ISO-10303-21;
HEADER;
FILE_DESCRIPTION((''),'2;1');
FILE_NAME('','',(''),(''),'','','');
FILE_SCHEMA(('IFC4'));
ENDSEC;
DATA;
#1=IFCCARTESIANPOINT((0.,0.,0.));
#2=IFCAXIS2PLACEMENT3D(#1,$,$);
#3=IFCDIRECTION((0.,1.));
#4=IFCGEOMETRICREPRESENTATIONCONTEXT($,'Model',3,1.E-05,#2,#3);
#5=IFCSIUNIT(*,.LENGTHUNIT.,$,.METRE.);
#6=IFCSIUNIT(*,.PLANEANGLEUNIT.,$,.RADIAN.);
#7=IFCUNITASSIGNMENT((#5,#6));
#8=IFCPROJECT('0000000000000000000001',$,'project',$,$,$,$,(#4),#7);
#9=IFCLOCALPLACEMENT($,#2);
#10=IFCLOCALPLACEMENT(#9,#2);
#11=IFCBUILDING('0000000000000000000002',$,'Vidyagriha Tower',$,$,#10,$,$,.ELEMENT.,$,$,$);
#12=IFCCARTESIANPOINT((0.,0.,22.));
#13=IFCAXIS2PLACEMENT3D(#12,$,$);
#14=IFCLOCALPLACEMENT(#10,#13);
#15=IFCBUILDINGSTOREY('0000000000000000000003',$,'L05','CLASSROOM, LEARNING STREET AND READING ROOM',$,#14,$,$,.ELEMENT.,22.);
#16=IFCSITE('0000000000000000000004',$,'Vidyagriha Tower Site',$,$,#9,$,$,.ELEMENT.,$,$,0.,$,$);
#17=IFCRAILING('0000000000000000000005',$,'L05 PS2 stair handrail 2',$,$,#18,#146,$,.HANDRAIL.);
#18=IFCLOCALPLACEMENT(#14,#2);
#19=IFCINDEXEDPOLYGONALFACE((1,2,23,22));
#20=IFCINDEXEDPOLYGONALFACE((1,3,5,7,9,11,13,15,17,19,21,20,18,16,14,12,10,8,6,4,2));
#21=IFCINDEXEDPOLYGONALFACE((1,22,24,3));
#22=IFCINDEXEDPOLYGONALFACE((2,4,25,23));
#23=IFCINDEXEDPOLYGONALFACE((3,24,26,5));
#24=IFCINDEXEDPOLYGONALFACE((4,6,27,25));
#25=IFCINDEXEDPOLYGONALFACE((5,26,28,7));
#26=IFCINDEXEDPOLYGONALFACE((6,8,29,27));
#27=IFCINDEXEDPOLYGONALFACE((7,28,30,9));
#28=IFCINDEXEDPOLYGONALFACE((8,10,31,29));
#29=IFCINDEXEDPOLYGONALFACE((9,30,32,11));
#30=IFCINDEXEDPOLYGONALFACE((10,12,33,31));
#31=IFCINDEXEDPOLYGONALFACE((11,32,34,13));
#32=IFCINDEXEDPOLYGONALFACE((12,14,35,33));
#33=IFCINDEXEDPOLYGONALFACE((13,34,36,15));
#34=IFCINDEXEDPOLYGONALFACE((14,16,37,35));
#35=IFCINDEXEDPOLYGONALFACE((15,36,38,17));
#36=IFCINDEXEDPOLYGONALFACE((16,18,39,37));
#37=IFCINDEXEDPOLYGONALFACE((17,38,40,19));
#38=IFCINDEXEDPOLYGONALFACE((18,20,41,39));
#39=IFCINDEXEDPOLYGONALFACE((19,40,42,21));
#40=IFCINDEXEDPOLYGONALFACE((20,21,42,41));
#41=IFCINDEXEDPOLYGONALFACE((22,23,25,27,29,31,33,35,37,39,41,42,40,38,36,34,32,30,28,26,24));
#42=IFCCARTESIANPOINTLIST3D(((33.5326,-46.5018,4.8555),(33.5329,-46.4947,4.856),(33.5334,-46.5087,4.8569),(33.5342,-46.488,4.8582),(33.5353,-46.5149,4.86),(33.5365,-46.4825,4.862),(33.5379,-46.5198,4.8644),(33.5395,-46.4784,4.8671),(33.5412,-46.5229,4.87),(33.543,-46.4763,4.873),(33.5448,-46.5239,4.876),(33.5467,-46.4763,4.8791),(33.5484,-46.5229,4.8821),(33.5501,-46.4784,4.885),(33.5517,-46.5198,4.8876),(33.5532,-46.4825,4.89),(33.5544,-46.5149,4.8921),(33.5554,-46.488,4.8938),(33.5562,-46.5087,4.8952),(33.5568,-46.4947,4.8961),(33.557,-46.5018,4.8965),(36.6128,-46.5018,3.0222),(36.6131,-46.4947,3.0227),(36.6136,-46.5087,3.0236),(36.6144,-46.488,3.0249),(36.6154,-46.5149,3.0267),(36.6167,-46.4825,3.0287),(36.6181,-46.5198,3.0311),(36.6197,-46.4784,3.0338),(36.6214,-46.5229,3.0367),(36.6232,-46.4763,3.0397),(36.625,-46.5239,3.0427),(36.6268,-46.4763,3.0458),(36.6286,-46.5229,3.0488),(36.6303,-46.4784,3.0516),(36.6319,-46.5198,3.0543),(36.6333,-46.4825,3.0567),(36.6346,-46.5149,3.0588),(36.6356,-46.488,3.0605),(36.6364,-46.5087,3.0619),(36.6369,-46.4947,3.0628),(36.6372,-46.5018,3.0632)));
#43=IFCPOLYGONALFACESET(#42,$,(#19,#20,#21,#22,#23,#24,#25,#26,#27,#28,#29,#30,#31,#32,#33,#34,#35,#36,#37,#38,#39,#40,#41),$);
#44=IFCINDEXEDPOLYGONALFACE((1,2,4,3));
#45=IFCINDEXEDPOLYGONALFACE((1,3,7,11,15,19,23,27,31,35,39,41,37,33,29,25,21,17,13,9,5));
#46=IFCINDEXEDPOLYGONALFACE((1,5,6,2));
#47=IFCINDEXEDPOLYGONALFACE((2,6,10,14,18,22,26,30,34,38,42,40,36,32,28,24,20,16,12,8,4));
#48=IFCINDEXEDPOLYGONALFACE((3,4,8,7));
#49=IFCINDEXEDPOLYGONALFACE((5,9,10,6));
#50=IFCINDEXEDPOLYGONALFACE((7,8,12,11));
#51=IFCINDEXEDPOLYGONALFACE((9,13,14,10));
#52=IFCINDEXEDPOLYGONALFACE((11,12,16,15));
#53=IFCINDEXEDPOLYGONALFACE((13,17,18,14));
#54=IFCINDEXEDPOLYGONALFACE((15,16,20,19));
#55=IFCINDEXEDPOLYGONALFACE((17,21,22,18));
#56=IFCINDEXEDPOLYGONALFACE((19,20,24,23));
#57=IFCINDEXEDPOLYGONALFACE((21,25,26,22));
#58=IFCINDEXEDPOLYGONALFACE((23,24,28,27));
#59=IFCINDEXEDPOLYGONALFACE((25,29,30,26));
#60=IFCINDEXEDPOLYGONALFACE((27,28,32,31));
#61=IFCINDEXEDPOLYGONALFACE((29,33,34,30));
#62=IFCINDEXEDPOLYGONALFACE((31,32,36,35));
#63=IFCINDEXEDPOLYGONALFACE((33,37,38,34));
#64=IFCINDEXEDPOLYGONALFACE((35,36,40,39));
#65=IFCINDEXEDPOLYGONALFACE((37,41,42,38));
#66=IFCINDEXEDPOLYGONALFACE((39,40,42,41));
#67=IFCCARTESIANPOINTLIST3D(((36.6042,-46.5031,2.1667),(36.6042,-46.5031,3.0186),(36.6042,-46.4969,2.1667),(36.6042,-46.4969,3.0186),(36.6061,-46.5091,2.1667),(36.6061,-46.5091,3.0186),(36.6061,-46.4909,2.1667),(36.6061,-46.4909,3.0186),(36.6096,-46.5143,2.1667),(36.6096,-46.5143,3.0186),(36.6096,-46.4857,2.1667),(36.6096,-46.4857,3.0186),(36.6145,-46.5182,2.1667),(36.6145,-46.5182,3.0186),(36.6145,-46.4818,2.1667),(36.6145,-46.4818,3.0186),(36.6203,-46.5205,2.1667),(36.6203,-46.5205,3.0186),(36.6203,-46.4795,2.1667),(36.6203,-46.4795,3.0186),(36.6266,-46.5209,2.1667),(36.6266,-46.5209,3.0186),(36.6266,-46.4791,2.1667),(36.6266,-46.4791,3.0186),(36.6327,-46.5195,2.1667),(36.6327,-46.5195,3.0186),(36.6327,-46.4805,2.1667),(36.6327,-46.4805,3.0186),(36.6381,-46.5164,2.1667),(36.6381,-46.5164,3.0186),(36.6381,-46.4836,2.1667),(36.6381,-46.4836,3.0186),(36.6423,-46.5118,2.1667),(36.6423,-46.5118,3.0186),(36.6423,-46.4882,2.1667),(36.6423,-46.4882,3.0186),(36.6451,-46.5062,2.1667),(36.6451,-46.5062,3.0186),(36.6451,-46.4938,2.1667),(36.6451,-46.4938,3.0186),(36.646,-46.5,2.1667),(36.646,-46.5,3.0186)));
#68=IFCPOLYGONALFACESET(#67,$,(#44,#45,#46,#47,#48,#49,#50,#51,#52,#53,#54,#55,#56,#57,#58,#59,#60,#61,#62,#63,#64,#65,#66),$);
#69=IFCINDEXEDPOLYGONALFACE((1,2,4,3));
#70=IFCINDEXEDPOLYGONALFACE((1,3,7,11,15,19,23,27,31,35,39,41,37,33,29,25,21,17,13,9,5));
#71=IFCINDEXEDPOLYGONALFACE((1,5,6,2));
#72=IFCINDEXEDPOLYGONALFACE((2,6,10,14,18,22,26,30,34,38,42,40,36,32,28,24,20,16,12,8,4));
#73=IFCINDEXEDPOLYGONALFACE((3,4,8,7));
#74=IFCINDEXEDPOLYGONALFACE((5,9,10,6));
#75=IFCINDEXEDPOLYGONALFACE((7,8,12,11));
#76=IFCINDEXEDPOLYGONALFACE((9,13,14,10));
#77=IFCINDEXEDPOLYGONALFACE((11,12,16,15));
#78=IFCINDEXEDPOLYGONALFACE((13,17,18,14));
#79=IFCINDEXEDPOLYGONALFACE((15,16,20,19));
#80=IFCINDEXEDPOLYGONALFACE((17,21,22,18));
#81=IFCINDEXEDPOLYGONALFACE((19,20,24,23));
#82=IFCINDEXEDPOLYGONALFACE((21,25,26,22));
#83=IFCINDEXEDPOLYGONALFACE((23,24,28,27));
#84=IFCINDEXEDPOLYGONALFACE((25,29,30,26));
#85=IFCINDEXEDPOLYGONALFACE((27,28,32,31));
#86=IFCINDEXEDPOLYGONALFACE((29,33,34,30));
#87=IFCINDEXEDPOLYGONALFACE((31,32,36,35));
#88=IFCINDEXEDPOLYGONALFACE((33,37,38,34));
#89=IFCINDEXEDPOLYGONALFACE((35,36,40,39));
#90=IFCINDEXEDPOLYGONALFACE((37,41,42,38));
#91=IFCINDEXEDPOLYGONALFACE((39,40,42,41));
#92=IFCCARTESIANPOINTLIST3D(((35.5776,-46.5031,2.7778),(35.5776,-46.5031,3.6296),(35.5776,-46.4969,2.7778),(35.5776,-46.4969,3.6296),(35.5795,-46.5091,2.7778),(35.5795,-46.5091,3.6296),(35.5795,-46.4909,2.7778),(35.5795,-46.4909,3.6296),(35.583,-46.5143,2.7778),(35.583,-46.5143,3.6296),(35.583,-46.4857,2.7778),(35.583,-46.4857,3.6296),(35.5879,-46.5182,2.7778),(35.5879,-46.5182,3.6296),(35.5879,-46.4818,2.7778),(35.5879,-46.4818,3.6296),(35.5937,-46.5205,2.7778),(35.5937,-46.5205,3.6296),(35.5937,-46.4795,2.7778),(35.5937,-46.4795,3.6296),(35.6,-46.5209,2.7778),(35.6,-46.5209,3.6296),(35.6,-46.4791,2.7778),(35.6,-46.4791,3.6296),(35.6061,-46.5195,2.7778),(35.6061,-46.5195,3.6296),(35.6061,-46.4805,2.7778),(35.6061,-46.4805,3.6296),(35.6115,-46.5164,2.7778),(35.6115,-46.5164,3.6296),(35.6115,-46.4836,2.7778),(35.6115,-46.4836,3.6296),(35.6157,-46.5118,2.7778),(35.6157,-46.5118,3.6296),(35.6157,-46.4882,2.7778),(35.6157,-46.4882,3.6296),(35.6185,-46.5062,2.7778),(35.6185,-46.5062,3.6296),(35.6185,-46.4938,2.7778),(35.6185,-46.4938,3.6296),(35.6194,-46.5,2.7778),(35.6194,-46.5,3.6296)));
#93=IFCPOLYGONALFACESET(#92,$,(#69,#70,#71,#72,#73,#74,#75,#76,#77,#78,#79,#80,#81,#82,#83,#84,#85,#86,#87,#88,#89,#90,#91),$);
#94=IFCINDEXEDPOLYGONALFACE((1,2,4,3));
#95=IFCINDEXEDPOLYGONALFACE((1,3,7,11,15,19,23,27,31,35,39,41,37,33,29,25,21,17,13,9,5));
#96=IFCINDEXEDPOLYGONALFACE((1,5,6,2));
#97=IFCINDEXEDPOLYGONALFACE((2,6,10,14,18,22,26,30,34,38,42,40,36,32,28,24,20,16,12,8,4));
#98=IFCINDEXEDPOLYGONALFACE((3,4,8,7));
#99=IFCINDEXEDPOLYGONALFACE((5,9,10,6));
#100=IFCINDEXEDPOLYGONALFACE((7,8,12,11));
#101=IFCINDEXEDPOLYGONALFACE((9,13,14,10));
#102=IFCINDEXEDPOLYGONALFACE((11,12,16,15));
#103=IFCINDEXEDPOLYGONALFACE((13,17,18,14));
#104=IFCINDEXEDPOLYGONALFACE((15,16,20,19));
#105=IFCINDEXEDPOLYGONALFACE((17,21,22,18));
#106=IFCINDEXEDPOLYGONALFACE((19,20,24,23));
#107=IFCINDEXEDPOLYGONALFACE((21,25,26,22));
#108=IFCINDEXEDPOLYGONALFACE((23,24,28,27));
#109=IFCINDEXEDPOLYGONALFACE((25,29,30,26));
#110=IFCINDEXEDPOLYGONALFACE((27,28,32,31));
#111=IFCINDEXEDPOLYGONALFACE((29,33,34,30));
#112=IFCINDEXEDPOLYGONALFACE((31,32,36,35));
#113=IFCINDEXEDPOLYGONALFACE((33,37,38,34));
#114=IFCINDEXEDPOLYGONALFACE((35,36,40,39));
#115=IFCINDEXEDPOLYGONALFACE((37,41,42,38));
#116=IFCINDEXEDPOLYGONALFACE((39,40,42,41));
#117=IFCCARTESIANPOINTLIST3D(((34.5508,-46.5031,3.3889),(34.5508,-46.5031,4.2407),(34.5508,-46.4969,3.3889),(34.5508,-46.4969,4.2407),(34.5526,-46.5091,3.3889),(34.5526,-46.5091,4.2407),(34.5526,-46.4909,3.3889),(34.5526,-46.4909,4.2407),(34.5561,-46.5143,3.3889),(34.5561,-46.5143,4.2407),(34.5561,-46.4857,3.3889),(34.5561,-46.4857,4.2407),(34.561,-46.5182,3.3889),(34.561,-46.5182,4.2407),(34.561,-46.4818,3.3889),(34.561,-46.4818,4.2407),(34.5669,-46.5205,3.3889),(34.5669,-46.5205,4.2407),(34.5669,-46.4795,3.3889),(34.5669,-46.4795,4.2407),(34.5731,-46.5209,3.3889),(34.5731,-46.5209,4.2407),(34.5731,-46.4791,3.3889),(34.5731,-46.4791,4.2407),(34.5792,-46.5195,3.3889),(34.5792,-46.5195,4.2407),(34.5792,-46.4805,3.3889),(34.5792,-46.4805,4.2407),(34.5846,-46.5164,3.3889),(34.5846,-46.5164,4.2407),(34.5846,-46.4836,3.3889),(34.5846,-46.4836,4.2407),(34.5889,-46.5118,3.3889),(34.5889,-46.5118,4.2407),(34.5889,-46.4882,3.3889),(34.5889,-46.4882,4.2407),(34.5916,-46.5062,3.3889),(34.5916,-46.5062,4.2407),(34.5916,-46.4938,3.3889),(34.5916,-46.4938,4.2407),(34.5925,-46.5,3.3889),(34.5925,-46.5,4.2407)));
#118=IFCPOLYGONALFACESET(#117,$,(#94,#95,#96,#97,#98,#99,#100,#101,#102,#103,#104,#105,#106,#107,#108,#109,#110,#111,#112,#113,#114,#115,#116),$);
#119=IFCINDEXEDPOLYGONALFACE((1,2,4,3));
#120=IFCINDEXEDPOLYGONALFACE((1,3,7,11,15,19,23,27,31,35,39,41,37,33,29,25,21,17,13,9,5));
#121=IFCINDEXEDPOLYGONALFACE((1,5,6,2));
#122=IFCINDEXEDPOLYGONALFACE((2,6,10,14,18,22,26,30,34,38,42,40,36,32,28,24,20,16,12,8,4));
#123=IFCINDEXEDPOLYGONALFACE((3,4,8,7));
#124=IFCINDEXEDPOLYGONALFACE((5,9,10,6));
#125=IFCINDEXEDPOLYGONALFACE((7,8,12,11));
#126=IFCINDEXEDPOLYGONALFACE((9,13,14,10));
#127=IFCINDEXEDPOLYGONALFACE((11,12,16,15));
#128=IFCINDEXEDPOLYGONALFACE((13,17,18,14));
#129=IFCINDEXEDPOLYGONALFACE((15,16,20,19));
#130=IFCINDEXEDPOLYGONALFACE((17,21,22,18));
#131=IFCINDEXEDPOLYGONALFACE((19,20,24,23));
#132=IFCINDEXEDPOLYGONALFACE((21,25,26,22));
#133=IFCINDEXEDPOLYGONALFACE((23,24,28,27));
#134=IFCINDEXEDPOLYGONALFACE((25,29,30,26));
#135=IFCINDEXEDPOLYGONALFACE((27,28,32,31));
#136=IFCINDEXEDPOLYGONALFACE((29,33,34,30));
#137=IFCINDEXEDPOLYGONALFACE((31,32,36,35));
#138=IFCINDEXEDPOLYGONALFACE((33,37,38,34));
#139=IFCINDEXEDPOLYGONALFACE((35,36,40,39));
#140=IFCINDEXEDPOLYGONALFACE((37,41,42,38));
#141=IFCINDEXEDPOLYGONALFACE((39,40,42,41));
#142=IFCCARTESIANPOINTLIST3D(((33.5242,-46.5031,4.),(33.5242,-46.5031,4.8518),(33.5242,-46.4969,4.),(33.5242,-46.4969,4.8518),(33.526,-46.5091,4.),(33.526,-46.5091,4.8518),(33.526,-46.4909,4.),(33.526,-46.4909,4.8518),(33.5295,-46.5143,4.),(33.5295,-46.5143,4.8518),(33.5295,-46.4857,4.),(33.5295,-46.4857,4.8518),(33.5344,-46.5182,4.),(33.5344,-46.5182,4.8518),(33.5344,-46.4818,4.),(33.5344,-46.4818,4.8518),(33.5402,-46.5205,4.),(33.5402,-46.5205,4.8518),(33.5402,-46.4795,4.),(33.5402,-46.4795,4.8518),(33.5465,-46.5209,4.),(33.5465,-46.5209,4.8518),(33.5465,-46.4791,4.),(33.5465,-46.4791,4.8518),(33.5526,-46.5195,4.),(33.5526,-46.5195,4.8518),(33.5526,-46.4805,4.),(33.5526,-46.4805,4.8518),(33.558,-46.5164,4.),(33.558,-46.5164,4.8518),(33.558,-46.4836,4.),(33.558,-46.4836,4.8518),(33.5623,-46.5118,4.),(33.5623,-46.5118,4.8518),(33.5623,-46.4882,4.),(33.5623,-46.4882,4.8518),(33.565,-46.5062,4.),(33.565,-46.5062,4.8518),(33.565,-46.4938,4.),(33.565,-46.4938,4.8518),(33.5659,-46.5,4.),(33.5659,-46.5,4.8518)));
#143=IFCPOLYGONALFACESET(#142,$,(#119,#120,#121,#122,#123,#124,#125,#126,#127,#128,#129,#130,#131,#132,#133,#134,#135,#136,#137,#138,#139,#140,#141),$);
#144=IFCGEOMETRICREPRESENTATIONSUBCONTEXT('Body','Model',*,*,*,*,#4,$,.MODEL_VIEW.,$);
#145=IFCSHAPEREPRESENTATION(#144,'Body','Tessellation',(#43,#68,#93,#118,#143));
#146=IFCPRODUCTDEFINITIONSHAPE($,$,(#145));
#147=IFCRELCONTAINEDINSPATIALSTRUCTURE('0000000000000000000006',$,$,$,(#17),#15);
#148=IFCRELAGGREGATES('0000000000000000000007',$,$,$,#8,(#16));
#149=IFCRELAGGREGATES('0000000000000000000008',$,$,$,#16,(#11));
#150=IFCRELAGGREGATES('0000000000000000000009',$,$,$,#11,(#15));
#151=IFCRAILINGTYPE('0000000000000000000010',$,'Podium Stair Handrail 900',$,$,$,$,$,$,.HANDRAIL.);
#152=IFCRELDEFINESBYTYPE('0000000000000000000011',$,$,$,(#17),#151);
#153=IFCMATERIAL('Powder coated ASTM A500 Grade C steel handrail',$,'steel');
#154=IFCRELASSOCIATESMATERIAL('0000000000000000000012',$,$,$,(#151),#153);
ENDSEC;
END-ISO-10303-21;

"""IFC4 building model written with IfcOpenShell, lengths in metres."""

from ifc_helpers import new_model, si_unit, direction, frame, origin, origin_2d, place, context, subcontext, project, spatial, circle, extrude, material, type_object, element, save


model = new_model("IFC4")

# Units and contexts
model_context = context("Model", 3, precision=1e-05, world=origin(), true_north=direction((0.0, 1.0)))
body_context = subcontext(model_context, "Body", "Model", "MODEL_VIEW")
ifc_project = project(units=[si_unit("LENGTHUNIT", "METRE"), si_unit("PLANEANGLEUNIT", "RADIAN")], contexts=[model_context])

# Site, building, storey
site_placement = place(None, origin())
site = spatial("IfcSite", under=ifc_project, at=site_placement, Name="Vidyagriha Tower Site", CompositionType="ELEMENT", RefElevation=0.0)
building_placement = place(site_placement, origin())
building = spatial("IfcBuilding", under=site, at=building_placement, Name="Vidyagriha Tower", CompositionType="ELEMENT")
storey_placement = place(building_placement, frame((0.0, 0.0, 22.0)))
storey = spatial("IfcBuildingStorey", under=building, at=storey_placement, Name="L05", Description="CLASSROOM, LEARNING STREET AND READING ROOM", CompositionType="ELEMENT", Elevation=22.0)

# Railing
ifc_material_1 = material(Name="Powder coated ASTM A500 Grade C steel handrail", Category="steel")
railing_type_1 = type_object("IfcRailingType", Name="Podium Stair Handrail 900", PredefinedType="HANDRAIL", material=ifc_material_1)
railing_1_placement = place(storey_placement, frame((36.625, -46.5, 2.1667)))
element("IfcRailing", 1, at=railing_1_placement, inside=storey, type_object=railing_type_1, Name="L05 PS2 stair handrail 2", PredefinedType="HANDRAIL", context=body_context, shape_type="SweptSolid", body=[
    extrude(circle(Radius=0.0239, at=origin_2d()), frame((0.0, 0.0, 0.876), z_axis=(-0.859309, 0.0, 0.511458), x_axis=(0.0, -1.0, 0.0)), (0.0, 0.0, 1.0), 3.5845),
    extrude(circle(Radius=0.021, at=origin_2d()), origin(), (0.0, 0.0, 1.0), 0.8518),
    extrude(circle(Radius=0.021, at=origin_2d()), frame((-1.0266, 0.0, 0.6111)), (0.0, 0.0, 1.0), 0.8518),
    extrude(circle(Radius=0.021, at=origin_2d()), frame((-2.0535, 0.0, 1.2222)), (0.0, 0.0, 1.0), 0.8518),
    extrude(circle(Radius=0.021, at=origin_2d()), frame((-3.0801, 0.0, 1.8333)), (0.0, 0.0, 1.0), 0.8518),
])

save(model, "model.ifc")
